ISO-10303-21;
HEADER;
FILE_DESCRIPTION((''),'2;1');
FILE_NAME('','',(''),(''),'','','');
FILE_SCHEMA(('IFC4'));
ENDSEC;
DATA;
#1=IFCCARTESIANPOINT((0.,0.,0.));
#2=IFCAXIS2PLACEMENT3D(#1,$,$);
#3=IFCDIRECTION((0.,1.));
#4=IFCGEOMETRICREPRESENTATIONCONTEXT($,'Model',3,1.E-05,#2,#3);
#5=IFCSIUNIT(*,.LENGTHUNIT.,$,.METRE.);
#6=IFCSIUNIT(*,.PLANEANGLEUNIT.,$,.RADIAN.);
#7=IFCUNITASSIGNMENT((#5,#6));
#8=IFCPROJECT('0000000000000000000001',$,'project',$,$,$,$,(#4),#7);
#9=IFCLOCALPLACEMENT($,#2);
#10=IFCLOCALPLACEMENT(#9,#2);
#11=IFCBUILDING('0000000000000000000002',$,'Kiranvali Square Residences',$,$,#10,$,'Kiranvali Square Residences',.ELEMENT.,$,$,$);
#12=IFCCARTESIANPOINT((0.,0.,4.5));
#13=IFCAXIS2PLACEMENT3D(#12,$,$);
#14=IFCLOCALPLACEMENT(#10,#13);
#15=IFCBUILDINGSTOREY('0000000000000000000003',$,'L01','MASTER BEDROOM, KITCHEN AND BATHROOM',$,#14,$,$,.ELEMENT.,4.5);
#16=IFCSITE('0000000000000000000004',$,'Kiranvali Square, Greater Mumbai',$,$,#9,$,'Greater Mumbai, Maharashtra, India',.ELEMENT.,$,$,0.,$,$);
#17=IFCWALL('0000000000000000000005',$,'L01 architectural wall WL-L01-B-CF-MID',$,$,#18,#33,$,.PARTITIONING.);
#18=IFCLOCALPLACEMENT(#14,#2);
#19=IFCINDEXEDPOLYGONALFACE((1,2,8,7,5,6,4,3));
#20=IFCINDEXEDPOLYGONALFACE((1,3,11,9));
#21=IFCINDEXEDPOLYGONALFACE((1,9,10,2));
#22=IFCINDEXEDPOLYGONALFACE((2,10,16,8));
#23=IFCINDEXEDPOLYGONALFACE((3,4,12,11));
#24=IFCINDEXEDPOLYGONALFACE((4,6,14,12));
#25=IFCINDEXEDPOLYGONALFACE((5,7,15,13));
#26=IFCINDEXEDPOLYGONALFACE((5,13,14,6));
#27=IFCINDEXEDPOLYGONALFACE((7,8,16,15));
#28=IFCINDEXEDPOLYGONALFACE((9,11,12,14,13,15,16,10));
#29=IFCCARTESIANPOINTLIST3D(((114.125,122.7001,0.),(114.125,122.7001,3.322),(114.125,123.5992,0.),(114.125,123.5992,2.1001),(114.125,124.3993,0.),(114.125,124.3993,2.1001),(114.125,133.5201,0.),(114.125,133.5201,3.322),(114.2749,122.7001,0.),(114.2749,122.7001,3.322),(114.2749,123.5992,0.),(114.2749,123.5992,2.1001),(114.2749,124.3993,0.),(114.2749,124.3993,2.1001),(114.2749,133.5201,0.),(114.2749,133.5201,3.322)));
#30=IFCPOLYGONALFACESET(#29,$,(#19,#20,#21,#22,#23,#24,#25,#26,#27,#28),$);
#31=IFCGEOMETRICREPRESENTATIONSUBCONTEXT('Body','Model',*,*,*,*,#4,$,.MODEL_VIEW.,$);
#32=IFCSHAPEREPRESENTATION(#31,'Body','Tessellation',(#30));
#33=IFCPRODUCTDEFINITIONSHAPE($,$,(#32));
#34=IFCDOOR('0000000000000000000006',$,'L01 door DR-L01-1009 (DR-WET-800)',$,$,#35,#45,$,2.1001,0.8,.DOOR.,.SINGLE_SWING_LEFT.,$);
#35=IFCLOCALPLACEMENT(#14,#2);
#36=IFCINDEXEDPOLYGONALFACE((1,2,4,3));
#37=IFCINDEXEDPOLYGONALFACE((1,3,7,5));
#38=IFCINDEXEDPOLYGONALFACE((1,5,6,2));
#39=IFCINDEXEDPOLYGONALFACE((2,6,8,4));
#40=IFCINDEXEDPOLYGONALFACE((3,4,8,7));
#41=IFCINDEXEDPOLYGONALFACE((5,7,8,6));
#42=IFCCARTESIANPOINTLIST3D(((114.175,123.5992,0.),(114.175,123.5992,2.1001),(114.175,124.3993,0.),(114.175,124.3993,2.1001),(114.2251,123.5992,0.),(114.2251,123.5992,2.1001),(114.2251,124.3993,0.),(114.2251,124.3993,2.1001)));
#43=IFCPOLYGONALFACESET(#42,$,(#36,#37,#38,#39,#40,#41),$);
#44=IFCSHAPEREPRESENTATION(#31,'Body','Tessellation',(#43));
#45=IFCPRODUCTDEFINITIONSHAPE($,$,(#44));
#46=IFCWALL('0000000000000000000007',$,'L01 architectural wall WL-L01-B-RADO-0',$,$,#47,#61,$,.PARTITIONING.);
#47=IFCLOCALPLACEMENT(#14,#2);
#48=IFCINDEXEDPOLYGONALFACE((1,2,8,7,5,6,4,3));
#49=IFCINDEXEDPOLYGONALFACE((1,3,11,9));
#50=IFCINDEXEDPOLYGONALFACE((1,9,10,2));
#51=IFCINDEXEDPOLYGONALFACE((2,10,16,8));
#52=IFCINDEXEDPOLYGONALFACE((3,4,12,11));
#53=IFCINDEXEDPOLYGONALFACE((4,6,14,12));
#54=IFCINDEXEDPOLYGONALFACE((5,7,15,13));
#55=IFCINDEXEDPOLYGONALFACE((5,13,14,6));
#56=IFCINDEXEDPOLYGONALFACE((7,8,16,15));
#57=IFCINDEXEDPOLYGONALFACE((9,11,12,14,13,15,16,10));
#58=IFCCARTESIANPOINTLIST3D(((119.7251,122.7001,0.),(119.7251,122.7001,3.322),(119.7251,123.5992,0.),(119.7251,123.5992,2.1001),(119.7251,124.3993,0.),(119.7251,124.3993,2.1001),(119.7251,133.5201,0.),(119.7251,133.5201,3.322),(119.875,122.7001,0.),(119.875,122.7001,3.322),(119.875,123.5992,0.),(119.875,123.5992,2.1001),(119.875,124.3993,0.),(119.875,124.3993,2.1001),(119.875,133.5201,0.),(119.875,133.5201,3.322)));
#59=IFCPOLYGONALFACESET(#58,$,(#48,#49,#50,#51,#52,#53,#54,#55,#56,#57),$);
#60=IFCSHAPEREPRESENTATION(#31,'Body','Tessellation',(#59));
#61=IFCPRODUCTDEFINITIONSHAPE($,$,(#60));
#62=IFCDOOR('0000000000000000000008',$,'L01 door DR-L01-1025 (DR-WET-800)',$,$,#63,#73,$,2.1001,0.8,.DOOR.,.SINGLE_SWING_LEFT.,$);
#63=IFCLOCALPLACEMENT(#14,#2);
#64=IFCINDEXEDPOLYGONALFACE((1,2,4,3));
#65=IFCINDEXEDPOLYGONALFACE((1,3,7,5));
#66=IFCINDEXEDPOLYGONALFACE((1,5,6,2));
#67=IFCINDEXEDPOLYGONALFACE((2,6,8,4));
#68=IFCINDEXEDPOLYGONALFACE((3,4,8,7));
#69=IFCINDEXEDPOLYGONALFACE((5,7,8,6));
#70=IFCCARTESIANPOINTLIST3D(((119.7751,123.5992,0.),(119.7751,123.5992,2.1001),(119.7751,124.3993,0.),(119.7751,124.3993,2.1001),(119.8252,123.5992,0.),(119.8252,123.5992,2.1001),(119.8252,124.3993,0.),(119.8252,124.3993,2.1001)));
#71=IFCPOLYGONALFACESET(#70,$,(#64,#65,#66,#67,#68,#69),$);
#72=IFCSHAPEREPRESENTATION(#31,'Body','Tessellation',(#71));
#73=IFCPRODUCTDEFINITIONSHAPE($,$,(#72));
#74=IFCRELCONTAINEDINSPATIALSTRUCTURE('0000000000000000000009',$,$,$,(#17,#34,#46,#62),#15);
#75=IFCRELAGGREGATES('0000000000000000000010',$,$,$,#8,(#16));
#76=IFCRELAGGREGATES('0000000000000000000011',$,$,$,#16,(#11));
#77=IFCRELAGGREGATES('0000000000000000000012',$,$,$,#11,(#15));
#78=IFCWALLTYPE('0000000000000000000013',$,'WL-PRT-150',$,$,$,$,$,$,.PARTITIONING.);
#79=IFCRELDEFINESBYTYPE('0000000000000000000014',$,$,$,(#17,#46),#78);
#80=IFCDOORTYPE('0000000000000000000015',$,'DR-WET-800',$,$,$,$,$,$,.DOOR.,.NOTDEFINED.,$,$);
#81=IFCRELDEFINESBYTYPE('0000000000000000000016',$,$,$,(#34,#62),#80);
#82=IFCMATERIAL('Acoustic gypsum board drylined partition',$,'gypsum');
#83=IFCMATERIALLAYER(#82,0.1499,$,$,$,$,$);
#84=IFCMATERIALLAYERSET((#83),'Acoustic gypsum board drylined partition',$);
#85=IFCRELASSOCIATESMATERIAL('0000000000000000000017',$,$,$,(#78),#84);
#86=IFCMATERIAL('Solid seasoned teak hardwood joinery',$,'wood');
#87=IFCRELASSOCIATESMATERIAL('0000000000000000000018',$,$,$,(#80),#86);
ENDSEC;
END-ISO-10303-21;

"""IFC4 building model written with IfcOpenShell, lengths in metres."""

from ifc_helpers import new_model, si_unit, direction, frame, frame_2d, origin, place, context, subcontext, project, spatial, rectangle, extrude, material, layer, layer_set, type_object, element, fill, save


model = new_model("IFC4")

# Units and contexts
model_context = context("Model", 3, precision=1e-05, world=origin(), true_north=direction((0.0, 1.0)))
body_context = subcontext(model_context, "Body", "Model", "MODEL_VIEW")
ifc_project = project(units=[si_unit("LENGTHUNIT", "METRE"), si_unit("PLANEANGLEUNIT", "RADIAN")], contexts=[model_context])

# Site, building, storey
site_placement = place(None, origin())
site = spatial("IfcSite", under=ifc_project, at=site_placement, Name="Kiranvali Square, Greater Mumbai", LongName="Greater Mumbai, Maharashtra, India", CompositionType="ELEMENT", RefElevation=0.0)
building_placement = place(site_placement, origin())
building = spatial("IfcBuilding", under=site, at=building_placement, Name="Kiranvali Square Residences", LongName="Kiranvali Square Residences", CompositionType="ELEMENT")
storey_placement = place(building_placement, frame((0.0, 0.0, 4.5)))
storey = spatial("IfcBuildingStorey", under=building, at=storey_placement, Name="L01", Description="MASTER BEDROOM, KITCHEN AND BATHROOM", CompositionType="ELEMENT", Elevation=4.5)

# Walls, openings, doors
ifc_material_1 = material(Name="Acoustic gypsum board drylined partition", Category="gypsum")
ifc_layer_1 = layer(ifc_material_1, 0.1499)
ifc_layer_set_1 = layer_set([ifc_layer_1], Name="Acoustic gypsum board drylined partition")
wall_type = type_object("IfcWallType", Name="WL-PRT-150", PredefinedType="PARTITIONING", material=ifc_layer_set_1)
wall_1_placement = place(storey_placement, frame((114.2, 122.7, 0.0), z_axis=(0.0, 0.0, 1.0), x_axis=(0.0, 1.0, 0.0)))
wall_1 = element("IfcWall", 1, at=wall_1_placement, inside=storey, type_object=wall_type, Name="L01 architectural wall WL-L01-B-CF-MID", PredefinedType="PARTITIONING", context=body_context, shape_type="SweptSolid", body=[
    extrude(rectangle(XDim=10.8201, YDim=0.1499, at=frame_2d((5.4102, 0.0))), origin(), (0.0, 0.0, 1.0), 3.322),
])
opening_1_placement = place(wall_1_placement, frame((0.8994, 0.0, 0.0)))
opening_1 = element("IfcOpeningElement", 2, at=opening_1_placement, cuts=wall_1, PredefinedType="OPENING", context=body_context, shape_type="SweptSolid", body=[
    extrude(rectangle(XDim=0.8, YDim=2.1001, at=frame_2d((0.3999, 1.05))), frame((0.0, 0.085, 0.0), z_axis=(0.0, -1.0, 0.0), x_axis=(1.0, 0.0, 0.0)), (0.0, 0.0, 1.0), 0.1699),
])
ifc_material_2 = material(Name="Solid seasoned teak hardwood joinery", Category="wood")
door_type = type_object("IfcDoorType", Name="DR-WET-800", OperationType="NOTDEFINED", PredefinedType="DOOR", material=ifc_material_2)
door_1_placement = place(opening_1_placement, origin())
door_1 = element("IfcDoor", 3, at=door_1_placement, inside=storey, type_object=door_type, Name="L01 door DR-L01-1009 (DR-WET-800)", OperationType="SINGLE_SWING_LEFT", OverallHeight=2.1001, OverallWidth=0.8, PredefinedType="DOOR", context=body_context, shape_type="SweptSolid", body=[
    extrude(rectangle(XDim=0.8, YDim=2.1001, at=frame_2d((0.3999, 1.05))), frame((0.0, 0.0249, 0.0), z_axis=(0.0, -1.0, 0.0), x_axis=(1.0, 0.0, 0.0)), (0.0, 0.0, 1.0), 0.05),
])
fill(opening_1, door_1)
wall_2_placement = place(storey_placement, frame((119.8, 122.7, 0.0), z_axis=(0.0, 0.0, 1.0), x_axis=(0.0, 1.0, 0.0)))
wall_2 = element("IfcWall", 4, at=wall_2_placement, inside=storey, type_object=wall_type, Name="L01 architectural wall WL-L01-B-RADO-0", PredefinedType="PARTITIONING", context=body_context, shape_type="SweptSolid", body=[
    extrude(rectangle(XDim=10.8201, YDim=0.1499, at=frame_2d((5.4102, 0.0))), origin(), (0.0, 0.0, 1.0), 3.322),
])
opening_2_placement = place(wall_2_placement, frame((0.8994, 0.0, 0.0)))
opening_2 = element("IfcOpeningElement", 5, at=opening_2_placement, cuts=wall_2, PredefinedType="OPENING", context=body_context, shape_type="SweptSolid", body=[
    extrude(rectangle(XDim=0.8, YDim=2.1001, at=frame_2d((0.3999, 1.05))), frame((0.0, 0.085, 0.0), z_axis=(0.0, -1.0, 0.0), x_axis=(1.0, 0.0, 0.0)), (0.0, 0.0, 1.0), 0.1699),
])
door_2_placement = place(opening_2_placement, origin())
door_2 = element("IfcDoor", 6, at=door_2_placement, inside=storey, type_object=door_type, Name="L01 door DR-L01-1025 (DR-WET-800)", OperationType="SINGLE_SWING_LEFT", OverallHeight=2.1001, OverallWidth=0.8, PredefinedType="DOOR", context=body_context, shape_type="SweptSolid", body=[
    extrude(rectangle(XDim=0.8, YDim=2.1001, at=frame_2d((0.3999, 1.05))), frame((0.0, 0.0249, 0.0), z_axis=(0.0, -1.0, 0.0), x_axis=(1.0, 0.0, 0.0)), (0.0, 0.0, 1.0), 0.05),
])
fill(opening_2, door_2)

save(model, "model.ifc")
